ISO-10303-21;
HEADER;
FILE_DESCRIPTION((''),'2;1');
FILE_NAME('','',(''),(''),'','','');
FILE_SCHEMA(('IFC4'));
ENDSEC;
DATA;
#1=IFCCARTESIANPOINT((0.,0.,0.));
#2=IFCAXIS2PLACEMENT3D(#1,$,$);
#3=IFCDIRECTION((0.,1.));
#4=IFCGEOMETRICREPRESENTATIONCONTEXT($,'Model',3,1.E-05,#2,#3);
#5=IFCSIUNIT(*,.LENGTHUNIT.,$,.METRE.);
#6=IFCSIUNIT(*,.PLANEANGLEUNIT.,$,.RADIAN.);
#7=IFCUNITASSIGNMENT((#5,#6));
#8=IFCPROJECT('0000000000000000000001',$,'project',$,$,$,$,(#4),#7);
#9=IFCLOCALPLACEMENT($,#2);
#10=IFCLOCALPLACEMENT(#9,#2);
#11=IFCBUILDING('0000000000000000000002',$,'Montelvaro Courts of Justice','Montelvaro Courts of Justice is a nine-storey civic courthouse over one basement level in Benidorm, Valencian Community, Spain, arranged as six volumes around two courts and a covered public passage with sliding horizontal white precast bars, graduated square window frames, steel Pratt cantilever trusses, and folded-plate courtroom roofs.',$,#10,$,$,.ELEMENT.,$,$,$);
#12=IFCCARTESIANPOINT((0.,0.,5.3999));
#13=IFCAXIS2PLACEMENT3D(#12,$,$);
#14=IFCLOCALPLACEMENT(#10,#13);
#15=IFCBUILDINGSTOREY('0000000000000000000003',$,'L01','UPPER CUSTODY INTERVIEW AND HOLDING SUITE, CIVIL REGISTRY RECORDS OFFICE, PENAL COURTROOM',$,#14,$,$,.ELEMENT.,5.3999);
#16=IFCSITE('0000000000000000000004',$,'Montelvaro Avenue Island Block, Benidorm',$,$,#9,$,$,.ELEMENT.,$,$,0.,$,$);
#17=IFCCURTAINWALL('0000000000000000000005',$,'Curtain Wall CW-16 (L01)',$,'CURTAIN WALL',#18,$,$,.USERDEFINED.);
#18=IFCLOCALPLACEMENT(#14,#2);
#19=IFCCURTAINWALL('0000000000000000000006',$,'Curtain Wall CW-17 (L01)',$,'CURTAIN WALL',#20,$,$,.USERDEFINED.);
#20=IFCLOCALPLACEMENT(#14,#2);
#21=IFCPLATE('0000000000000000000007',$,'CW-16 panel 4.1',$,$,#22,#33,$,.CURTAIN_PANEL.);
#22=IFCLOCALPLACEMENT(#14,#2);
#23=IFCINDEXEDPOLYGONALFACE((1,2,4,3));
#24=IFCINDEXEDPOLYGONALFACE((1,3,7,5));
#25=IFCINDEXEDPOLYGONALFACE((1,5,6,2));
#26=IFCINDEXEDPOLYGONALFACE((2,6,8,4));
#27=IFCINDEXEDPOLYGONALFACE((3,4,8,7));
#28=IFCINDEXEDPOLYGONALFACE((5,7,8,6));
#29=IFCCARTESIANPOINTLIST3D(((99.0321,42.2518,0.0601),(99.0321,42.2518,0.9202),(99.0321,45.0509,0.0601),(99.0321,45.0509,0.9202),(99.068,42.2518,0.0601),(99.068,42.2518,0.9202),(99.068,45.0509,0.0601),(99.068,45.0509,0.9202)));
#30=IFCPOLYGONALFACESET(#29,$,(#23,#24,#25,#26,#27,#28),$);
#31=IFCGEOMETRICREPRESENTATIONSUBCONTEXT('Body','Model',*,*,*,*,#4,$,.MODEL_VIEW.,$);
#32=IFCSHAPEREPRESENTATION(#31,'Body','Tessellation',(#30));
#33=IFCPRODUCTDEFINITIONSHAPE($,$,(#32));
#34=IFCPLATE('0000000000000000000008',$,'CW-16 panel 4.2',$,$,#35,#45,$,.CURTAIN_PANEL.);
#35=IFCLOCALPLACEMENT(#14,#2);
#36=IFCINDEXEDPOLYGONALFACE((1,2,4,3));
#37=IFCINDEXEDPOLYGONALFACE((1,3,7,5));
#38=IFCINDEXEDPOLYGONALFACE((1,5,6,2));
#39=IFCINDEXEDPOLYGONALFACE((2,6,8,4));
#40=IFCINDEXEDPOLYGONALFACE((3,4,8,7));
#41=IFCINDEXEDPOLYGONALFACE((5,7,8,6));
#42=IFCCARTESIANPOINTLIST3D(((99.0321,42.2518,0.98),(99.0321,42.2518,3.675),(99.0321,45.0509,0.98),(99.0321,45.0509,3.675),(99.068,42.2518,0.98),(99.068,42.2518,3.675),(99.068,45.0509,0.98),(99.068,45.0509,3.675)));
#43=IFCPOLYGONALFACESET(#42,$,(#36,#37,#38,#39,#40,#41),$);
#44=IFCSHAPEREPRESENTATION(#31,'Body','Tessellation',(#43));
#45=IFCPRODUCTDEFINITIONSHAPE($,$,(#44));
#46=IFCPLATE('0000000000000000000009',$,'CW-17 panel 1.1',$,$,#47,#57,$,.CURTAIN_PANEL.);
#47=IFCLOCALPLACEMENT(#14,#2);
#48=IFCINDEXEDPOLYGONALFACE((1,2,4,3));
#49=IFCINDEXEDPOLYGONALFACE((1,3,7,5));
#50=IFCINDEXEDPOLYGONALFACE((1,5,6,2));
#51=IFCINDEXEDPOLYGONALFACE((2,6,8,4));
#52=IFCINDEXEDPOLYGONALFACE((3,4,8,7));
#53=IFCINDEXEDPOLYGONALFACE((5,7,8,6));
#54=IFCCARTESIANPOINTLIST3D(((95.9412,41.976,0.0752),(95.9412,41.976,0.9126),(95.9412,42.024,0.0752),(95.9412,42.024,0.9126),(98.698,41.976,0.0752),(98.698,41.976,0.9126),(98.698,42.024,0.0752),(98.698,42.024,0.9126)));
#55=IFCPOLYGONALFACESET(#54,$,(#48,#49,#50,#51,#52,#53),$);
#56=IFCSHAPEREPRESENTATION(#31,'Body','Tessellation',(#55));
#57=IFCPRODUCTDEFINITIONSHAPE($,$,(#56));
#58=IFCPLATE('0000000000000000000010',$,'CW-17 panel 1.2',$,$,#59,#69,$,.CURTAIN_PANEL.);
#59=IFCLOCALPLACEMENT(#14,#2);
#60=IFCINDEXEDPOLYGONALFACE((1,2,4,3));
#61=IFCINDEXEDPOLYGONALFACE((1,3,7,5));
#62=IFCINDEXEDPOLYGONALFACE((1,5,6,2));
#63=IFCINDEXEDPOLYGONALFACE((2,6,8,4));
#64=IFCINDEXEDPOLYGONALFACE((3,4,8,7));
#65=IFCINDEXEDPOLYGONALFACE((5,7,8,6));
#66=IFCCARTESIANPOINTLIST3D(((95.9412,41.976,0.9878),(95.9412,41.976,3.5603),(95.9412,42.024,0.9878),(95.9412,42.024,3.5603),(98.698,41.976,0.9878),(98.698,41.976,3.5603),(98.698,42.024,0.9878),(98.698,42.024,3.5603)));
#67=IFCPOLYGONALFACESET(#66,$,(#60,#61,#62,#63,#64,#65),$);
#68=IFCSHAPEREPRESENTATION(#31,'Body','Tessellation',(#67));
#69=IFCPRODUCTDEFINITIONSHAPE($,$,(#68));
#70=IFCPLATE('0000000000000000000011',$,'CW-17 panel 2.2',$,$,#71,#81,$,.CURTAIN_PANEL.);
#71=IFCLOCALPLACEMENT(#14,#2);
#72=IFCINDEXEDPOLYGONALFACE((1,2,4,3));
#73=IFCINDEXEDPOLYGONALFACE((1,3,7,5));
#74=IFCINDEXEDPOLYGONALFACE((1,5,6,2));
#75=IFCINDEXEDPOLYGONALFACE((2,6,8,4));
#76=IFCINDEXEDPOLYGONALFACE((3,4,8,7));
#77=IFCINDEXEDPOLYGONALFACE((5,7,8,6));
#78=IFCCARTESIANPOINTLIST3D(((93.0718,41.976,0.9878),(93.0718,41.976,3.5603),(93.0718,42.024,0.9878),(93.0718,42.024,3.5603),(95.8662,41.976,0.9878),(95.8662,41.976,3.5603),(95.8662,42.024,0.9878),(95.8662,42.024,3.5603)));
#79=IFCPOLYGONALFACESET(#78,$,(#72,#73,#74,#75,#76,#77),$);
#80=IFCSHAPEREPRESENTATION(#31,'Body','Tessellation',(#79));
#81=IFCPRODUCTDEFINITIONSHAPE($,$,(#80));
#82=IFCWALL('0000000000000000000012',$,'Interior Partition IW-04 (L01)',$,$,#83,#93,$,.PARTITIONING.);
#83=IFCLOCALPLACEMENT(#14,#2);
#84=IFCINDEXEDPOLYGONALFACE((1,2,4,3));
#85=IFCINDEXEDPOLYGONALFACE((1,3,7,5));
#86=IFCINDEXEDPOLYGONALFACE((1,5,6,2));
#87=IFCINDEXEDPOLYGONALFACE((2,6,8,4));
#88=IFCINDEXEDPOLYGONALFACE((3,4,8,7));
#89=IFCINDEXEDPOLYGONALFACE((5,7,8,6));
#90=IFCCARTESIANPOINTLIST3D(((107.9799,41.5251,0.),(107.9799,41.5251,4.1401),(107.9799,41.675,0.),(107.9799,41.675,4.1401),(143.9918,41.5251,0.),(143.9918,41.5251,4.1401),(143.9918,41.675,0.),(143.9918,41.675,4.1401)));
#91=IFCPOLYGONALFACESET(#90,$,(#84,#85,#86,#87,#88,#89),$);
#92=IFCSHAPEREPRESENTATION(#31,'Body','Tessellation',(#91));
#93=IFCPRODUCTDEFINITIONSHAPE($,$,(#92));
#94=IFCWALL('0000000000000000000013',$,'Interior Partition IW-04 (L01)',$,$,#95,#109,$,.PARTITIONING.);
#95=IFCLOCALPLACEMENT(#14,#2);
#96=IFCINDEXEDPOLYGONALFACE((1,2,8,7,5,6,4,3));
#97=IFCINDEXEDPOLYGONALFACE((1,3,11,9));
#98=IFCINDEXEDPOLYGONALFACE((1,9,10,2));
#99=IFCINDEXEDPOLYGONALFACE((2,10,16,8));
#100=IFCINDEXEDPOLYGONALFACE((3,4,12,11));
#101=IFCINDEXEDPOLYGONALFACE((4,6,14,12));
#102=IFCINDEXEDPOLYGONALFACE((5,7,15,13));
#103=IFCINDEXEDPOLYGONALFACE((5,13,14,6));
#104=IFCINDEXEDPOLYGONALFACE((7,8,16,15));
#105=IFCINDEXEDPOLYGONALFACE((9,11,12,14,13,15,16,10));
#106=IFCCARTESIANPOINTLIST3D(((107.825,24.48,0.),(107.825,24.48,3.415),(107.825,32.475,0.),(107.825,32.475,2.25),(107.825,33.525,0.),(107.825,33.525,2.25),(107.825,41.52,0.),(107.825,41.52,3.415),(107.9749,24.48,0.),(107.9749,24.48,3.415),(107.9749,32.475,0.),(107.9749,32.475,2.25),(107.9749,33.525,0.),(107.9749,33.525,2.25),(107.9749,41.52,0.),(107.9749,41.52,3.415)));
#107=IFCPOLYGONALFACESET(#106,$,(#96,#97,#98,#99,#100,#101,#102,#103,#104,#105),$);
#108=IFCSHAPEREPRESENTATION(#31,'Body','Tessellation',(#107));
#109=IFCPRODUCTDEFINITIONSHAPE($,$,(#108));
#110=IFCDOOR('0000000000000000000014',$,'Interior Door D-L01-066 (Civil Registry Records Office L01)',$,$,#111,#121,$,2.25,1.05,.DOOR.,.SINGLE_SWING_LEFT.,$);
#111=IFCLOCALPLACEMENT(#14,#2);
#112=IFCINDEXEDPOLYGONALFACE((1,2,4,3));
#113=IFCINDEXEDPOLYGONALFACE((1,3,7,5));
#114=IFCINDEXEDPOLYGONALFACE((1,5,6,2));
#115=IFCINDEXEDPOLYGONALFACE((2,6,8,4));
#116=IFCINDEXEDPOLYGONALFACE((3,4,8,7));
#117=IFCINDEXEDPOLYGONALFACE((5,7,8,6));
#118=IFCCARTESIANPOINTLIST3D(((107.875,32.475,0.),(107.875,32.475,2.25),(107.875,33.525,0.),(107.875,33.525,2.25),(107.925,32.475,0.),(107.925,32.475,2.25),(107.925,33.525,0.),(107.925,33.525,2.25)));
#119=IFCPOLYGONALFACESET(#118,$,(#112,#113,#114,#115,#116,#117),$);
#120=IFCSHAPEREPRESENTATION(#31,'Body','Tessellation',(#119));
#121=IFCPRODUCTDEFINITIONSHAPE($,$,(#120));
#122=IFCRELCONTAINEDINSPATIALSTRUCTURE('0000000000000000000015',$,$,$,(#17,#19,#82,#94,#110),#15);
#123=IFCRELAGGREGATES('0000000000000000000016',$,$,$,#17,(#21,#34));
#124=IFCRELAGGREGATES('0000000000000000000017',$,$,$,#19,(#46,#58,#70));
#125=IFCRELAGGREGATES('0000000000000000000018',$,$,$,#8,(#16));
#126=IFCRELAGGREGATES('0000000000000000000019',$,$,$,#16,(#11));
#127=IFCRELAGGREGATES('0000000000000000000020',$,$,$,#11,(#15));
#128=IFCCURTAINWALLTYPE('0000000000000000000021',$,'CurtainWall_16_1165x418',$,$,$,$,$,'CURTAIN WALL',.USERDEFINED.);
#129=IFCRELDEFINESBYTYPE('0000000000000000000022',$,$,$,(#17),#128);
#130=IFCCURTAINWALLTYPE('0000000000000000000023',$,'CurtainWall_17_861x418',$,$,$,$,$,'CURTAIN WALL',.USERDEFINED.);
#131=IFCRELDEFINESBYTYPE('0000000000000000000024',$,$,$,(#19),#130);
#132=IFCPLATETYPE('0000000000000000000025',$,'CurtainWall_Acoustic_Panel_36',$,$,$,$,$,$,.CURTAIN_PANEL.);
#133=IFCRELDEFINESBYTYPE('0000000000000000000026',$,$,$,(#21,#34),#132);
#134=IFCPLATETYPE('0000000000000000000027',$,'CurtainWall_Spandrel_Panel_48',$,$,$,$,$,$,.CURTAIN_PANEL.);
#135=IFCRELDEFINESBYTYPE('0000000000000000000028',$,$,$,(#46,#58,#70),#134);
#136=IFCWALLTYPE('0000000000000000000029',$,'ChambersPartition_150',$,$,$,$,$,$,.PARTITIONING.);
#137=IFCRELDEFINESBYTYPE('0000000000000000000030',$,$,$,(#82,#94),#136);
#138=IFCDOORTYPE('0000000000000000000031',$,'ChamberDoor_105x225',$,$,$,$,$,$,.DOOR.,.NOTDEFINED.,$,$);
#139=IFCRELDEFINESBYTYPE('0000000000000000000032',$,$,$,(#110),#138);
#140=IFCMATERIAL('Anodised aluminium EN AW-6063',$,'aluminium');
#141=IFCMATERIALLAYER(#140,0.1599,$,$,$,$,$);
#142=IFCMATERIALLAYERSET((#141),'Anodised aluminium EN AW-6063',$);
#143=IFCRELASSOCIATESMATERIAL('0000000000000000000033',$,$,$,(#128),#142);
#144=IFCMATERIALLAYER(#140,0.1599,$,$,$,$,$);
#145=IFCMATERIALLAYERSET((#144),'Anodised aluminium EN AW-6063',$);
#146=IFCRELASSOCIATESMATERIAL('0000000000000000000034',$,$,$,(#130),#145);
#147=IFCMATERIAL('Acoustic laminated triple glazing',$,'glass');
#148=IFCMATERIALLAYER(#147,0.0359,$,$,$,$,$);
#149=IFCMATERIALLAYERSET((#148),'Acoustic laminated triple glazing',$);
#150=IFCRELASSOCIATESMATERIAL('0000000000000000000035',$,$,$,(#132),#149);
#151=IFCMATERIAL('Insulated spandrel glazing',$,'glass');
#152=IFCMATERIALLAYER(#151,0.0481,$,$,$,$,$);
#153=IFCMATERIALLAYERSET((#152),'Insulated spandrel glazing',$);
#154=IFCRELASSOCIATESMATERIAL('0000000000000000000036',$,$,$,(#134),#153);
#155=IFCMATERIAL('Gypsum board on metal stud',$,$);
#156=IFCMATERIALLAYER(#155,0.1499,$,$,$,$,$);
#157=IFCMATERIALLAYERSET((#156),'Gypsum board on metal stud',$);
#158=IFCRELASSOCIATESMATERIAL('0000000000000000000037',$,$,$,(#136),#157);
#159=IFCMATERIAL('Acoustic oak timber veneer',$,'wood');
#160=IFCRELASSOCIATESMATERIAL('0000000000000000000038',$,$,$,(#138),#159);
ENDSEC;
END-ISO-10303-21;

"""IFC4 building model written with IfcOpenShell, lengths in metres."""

from ifc_helpers import new_model, si_unit, direction, frame, frame_2d, origin, origin_2d, place, context, subcontext, project, spatial, rectangle, extrude, material, layer, layer_set, type_object, element, fill, aggregate, save


model = new_model("IFC4")

# Units and contexts
model_context = context("Model", 3, precision=1e-05, world=origin(), true_north=direction((0.0, 1.0)))
body_context = subcontext(model_context, "Body", "Model", "MODEL_VIEW")
ifc_project = project(units=[si_unit("LENGTHUNIT", "METRE"), si_unit("PLANEANGLEUNIT", "RADIAN")], contexts=[model_context])

# Site, building, storey
site_placement = place(None, origin())
site = spatial("IfcSite", under=ifc_project, at=site_placement, Name="Montelvaro Avenue Island Block, Benidorm", CompositionType="ELEMENT", RefElevation=0.0)
building_placement = place(site_placement, origin())
building = spatial("IfcBuilding", under=site, at=building_placement, Name="Montelvaro Courts of Justice", Description="Montelvaro Courts of Justice is a nine-storey civic courthouse over one basement level in Benidorm, Valencian Community, Spain, arranged as six volumes around two courts and a covered public passage with sliding horizontal white precast bars, graduated square window frames, steel Pratt cantilever trusses, and folded-plate courtroom roofs.", CompositionType="ELEMENT")
storey_placement = place(building_placement, frame((0.0, 0.0, 5.3999)))
storey = spatial("IfcBuildingStorey", under=building, at=storey_placement, Name="L01", Description="UPPER CUSTODY INTERVIEW AND HOLDING SUITE, CIVIL REGISTRY RECORDS OFFICE, PENAL COURTROOM", CompositionType="ELEMENT", Elevation=5.3999)

# Curtain wall
ifc_material_1 = material(Name="Anodised aluminium EN AW-6063", Category="aluminium")
ifc_layer_1 = layer(ifc_material_1, 0.1599)
ifc_layer_set_1 = layer_set([ifc_layer_1], Name="Anodised aluminium EN AW-6063")
curtain_wall_type_1 = type_object("IfcCurtainWallType", Name="CurtainWall_16_1165x418", ElementType="CURTAIN WALL", PredefinedType="USERDEFINED", material=ifc_layer_set_1)
curtain_wall_1_placement = place(storey_placement, origin())
curtain_wall_1 = element("IfcCurtainWall", 1, at=curtain_wall_1_placement, inside=storey, type_object=curtain_wall_type_1, Name="Curtain Wall CW-16 (L01)", ObjectType="CURTAIN WALL", PredefinedType="USERDEFINED")

# Curtain wall
ifc_layer_2 = layer(ifc_material_1, 0.1599)
ifc_layer_set_2 = layer_set([ifc_layer_2], Name="Anodised aluminium EN AW-6063")
curtain_wall_type_2 = type_object("IfcCurtainWallType", Name="CurtainWall_17_861x418", ElementType="CURTAIN WALL", PredefinedType="USERDEFINED", material=ifc_layer_set_2)
curtain_wall_2_placement = place(storey_placement, origin())
curtain_wall_2 = element("IfcCurtainWall", 2, at=curtain_wall_2_placement, inside=storey, type_object=curtain_wall_type_2, Name="Curtain Wall CW-17 (L01)", ObjectType="CURTAIN WALL", PredefinedType="USERDEFINED")

# Plates
ifc_material_2 = material(Name="Acoustic laminated triple glazing", Category="glass")
ifc_layer_3 = layer(ifc_material_2, 0.0359)
ifc_layer_set_3 = layer_set([ifc_layer_3], Name="Acoustic laminated triple glazing")
plate_type_1 = type_object("IfcPlateType", Name="CurtainWall_Acoustic_Panel_36", PredefinedType="CURTAIN_PANEL", material=ifc_layer_set_3)
plate_1_placement = place(storey_placement, frame((99.05, 43.6514, 0.0601), z_axis=(0.0, 0.0, 1.0), x_axis=(0.0, -1.0, 0.0)))
plate_1 = element("IfcPlate", 3, at=plate_1_placement, type_object=plate_type_1, Name="CW-16 panel 4.1", PredefinedType="CURTAIN_PANEL", context=body_context, shape_type="SweptSolid", body=[
    extrude(rectangle(XDim=2.7991, YDim=0.0359, at=origin_2d()), origin(), (0.0, 0.0, 1.0), 0.8601),
])
plate_2_placement = place(storey_placement, frame((99.05, 43.6514, 0.98), z_axis=(0.0, 0.0, 1.0), x_axis=(0.0, -1.0, 0.0)))
plate_2 = element("IfcPlate", 4, at=plate_2_placement, type_object=plate_type_1, Name="CW-16 panel 4.2", PredefinedType="CURTAIN_PANEL", context=body_context, shape_type="SweptSolid", body=[
    extrude(rectangle(XDim=2.7991, YDim=0.0359, at=origin_2d()), origin(), (0.0, 0.0, 1.0), 2.6951),
])
aggregate(curtain_wall_1, [plate_1, plate_2])
ifc_material_3 = material(Name="Insulated spandrel glazing", Category="glass")
ifc_layer_4 = layer(ifc_material_3, 0.0481)
ifc_layer_set_4 = layer_set([ifc_layer_4], Name="Insulated spandrel glazing")
plate_type_2 = type_object("IfcPlateType", Name="CurtainWall_Spandrel_Panel_48", PredefinedType="CURTAIN_PANEL", material=ifc_layer_set_4)
plate_3_placement = place(storey_placement, frame((97.3196, 42.0, 0.0752), z_axis=(0.0, 0.0, 1.0), x_axis=(-1.0, 0.0, 0.0)))
plate_3 = element("IfcPlate", 5, at=plate_3_placement, type_object=plate_type_2, Name="CW-17 panel 1.1", PredefinedType="CURTAIN_PANEL", context=body_context, shape_type="SweptSolid", body=[
    extrude(rectangle(XDim=2.7568, YDim=0.0481, at=origin_2d()), origin(), (0.0, 0.0, 1.0), 0.8374),
])
plate_4_placement = place(storey_placement, frame((97.3196, 42.0, 0.9878), z_axis=(0.0, 0.0, 1.0), x_axis=(-1.0, 0.0, 0.0)))
plate_4 = element("IfcPlate", 6, at=plate_4_placement, type_object=plate_type_2, Name="CW-17 panel 1.2", PredefinedType="CURTAIN_PANEL", context=body_context, shape_type="SweptSolid", body=[
    extrude(rectangle(XDim=2.7568, YDim=0.0481, at=origin_2d()), origin(), (0.0, 0.0, 1.0), 2.5725),
])
plate_5_placement = place(storey_placement, frame((94.469, 42.0, 0.9878), z_axis=(0.0, 0.0, 1.0), x_axis=(-1.0, 0.0, 0.0)))
plate_5 = element("IfcPlate", 7, at=plate_5_placement, type_object=plate_type_2, Name="CW-17 panel 2.2", PredefinedType="CURTAIN_PANEL", context=body_context, shape_type="SweptSolid", body=[
    extrude(rectangle(XDim=2.7944, YDim=0.0481, at=origin_2d()), origin(), (0.0, 0.0, 1.0), 2.5725),
])
aggregate(curtain_wall_2, [plate_3, plate_4, plate_5])

# Wall
ifc_material_4 = material(Name="Gypsum board on metal stud")
ifc_layer_5 = layer(ifc_material_4, 0.1499)
ifc_layer_set_5 = layer_set([ifc_layer_5], Name="Gypsum board on metal stud")
wall_type = type_object("IfcWallType", Name="ChambersPartition_150", PredefinedType="PARTITIONING", material=ifc_layer_set_5)
wall_1_placement = place(storey_placement, frame((107.98, 41.6001, 0.0), z_axis=(0.0, 0.0, 1.0), x_axis=(1.0, 0.0, 0.0)))
element("IfcWall", 8, at=wall_1_placement, inside=storey, type_object=wall_type, Name="Interior Partition IW-04 (L01)", PredefinedType="PARTITIONING", context=body_context, shape_type="SweptSolid", body=[
    extrude(rectangle(XDim=36.012, YDim=0.1499, at=frame_2d((18.0059, 0.0))), origin(), (0.0, 0.0, 1.0), 4.1401),
])

# Wall, opening, door
wall_2_placement = place(storey_placement, frame((107.8999, 24.48, 0.0), z_axis=(0.0, 0.0, 1.0), x_axis=(0.0, 1.0, 0.0)))
wall_2 = element("IfcWall", 9, at=wall_2_placement, inside=storey, type_object=wall_type, Name="Interior Partition IW-04 (L01)", PredefinedType="PARTITIONING", context=body_context, shape_type="SweptSolid", body=[
    extrude(rectangle(XDim=17.04, YDim=0.1499, at=frame_2d((8.52, 0.0))), origin(), (0.0, 0.0, 1.0), 3.415),
])
opening_placement = place(wall_2_placement, frame((7.9951, 0.0, 0.0)))
opening = element("IfcOpeningElement", 10, at=opening_placement, cuts=wall_2, PredefinedType="OPENING", context=body_context, shape_type="SweptSolid", body=[
    extrude(rectangle(XDim=1.05, YDim=2.25, at=frame_2d((0.5249, 1.125))), frame((0.0, 0.0898, 0.0), z_axis=(0.0, -1.0, 0.0), x_axis=(1.0, 0.0, 0.0)), (0.0, 0.0, 1.0), 0.1797),
])
ifc_material_5 = material(Name="Acoustic oak timber veneer", Category="wood")
door_type = type_object("IfcDoorType", Name="ChamberDoor_105x225", OperationType="NOTDEFINED", PredefinedType="DOOR", material=ifc_material_5)
door_placement = place(opening_placement, origin())
door = element("IfcDoor", 11, at=door_placement, inside=storey, type_object=door_type, Name="Interior Door D-L01-066 (Civil Registry Records Office L01)", OperationType="SINGLE_SWING_LEFT", OverallHeight=2.25, OverallWidth=1.05, PredefinedType="DOOR", context=body_context, shape_type="SweptSolid", body=[
    extrude(rectangle(XDim=1.05, YDim=2.25, at=frame_2d((0.5249, 1.125))), frame((0.0, 0.0249, 0.0), z_axis=(0.0, -1.0, 0.0), x_axis=(1.0, 0.0, 0.0)), (0.0, 0.0, 1.0), 0.05),
])
fill(opening, door)

save(model, "model.ifc")
